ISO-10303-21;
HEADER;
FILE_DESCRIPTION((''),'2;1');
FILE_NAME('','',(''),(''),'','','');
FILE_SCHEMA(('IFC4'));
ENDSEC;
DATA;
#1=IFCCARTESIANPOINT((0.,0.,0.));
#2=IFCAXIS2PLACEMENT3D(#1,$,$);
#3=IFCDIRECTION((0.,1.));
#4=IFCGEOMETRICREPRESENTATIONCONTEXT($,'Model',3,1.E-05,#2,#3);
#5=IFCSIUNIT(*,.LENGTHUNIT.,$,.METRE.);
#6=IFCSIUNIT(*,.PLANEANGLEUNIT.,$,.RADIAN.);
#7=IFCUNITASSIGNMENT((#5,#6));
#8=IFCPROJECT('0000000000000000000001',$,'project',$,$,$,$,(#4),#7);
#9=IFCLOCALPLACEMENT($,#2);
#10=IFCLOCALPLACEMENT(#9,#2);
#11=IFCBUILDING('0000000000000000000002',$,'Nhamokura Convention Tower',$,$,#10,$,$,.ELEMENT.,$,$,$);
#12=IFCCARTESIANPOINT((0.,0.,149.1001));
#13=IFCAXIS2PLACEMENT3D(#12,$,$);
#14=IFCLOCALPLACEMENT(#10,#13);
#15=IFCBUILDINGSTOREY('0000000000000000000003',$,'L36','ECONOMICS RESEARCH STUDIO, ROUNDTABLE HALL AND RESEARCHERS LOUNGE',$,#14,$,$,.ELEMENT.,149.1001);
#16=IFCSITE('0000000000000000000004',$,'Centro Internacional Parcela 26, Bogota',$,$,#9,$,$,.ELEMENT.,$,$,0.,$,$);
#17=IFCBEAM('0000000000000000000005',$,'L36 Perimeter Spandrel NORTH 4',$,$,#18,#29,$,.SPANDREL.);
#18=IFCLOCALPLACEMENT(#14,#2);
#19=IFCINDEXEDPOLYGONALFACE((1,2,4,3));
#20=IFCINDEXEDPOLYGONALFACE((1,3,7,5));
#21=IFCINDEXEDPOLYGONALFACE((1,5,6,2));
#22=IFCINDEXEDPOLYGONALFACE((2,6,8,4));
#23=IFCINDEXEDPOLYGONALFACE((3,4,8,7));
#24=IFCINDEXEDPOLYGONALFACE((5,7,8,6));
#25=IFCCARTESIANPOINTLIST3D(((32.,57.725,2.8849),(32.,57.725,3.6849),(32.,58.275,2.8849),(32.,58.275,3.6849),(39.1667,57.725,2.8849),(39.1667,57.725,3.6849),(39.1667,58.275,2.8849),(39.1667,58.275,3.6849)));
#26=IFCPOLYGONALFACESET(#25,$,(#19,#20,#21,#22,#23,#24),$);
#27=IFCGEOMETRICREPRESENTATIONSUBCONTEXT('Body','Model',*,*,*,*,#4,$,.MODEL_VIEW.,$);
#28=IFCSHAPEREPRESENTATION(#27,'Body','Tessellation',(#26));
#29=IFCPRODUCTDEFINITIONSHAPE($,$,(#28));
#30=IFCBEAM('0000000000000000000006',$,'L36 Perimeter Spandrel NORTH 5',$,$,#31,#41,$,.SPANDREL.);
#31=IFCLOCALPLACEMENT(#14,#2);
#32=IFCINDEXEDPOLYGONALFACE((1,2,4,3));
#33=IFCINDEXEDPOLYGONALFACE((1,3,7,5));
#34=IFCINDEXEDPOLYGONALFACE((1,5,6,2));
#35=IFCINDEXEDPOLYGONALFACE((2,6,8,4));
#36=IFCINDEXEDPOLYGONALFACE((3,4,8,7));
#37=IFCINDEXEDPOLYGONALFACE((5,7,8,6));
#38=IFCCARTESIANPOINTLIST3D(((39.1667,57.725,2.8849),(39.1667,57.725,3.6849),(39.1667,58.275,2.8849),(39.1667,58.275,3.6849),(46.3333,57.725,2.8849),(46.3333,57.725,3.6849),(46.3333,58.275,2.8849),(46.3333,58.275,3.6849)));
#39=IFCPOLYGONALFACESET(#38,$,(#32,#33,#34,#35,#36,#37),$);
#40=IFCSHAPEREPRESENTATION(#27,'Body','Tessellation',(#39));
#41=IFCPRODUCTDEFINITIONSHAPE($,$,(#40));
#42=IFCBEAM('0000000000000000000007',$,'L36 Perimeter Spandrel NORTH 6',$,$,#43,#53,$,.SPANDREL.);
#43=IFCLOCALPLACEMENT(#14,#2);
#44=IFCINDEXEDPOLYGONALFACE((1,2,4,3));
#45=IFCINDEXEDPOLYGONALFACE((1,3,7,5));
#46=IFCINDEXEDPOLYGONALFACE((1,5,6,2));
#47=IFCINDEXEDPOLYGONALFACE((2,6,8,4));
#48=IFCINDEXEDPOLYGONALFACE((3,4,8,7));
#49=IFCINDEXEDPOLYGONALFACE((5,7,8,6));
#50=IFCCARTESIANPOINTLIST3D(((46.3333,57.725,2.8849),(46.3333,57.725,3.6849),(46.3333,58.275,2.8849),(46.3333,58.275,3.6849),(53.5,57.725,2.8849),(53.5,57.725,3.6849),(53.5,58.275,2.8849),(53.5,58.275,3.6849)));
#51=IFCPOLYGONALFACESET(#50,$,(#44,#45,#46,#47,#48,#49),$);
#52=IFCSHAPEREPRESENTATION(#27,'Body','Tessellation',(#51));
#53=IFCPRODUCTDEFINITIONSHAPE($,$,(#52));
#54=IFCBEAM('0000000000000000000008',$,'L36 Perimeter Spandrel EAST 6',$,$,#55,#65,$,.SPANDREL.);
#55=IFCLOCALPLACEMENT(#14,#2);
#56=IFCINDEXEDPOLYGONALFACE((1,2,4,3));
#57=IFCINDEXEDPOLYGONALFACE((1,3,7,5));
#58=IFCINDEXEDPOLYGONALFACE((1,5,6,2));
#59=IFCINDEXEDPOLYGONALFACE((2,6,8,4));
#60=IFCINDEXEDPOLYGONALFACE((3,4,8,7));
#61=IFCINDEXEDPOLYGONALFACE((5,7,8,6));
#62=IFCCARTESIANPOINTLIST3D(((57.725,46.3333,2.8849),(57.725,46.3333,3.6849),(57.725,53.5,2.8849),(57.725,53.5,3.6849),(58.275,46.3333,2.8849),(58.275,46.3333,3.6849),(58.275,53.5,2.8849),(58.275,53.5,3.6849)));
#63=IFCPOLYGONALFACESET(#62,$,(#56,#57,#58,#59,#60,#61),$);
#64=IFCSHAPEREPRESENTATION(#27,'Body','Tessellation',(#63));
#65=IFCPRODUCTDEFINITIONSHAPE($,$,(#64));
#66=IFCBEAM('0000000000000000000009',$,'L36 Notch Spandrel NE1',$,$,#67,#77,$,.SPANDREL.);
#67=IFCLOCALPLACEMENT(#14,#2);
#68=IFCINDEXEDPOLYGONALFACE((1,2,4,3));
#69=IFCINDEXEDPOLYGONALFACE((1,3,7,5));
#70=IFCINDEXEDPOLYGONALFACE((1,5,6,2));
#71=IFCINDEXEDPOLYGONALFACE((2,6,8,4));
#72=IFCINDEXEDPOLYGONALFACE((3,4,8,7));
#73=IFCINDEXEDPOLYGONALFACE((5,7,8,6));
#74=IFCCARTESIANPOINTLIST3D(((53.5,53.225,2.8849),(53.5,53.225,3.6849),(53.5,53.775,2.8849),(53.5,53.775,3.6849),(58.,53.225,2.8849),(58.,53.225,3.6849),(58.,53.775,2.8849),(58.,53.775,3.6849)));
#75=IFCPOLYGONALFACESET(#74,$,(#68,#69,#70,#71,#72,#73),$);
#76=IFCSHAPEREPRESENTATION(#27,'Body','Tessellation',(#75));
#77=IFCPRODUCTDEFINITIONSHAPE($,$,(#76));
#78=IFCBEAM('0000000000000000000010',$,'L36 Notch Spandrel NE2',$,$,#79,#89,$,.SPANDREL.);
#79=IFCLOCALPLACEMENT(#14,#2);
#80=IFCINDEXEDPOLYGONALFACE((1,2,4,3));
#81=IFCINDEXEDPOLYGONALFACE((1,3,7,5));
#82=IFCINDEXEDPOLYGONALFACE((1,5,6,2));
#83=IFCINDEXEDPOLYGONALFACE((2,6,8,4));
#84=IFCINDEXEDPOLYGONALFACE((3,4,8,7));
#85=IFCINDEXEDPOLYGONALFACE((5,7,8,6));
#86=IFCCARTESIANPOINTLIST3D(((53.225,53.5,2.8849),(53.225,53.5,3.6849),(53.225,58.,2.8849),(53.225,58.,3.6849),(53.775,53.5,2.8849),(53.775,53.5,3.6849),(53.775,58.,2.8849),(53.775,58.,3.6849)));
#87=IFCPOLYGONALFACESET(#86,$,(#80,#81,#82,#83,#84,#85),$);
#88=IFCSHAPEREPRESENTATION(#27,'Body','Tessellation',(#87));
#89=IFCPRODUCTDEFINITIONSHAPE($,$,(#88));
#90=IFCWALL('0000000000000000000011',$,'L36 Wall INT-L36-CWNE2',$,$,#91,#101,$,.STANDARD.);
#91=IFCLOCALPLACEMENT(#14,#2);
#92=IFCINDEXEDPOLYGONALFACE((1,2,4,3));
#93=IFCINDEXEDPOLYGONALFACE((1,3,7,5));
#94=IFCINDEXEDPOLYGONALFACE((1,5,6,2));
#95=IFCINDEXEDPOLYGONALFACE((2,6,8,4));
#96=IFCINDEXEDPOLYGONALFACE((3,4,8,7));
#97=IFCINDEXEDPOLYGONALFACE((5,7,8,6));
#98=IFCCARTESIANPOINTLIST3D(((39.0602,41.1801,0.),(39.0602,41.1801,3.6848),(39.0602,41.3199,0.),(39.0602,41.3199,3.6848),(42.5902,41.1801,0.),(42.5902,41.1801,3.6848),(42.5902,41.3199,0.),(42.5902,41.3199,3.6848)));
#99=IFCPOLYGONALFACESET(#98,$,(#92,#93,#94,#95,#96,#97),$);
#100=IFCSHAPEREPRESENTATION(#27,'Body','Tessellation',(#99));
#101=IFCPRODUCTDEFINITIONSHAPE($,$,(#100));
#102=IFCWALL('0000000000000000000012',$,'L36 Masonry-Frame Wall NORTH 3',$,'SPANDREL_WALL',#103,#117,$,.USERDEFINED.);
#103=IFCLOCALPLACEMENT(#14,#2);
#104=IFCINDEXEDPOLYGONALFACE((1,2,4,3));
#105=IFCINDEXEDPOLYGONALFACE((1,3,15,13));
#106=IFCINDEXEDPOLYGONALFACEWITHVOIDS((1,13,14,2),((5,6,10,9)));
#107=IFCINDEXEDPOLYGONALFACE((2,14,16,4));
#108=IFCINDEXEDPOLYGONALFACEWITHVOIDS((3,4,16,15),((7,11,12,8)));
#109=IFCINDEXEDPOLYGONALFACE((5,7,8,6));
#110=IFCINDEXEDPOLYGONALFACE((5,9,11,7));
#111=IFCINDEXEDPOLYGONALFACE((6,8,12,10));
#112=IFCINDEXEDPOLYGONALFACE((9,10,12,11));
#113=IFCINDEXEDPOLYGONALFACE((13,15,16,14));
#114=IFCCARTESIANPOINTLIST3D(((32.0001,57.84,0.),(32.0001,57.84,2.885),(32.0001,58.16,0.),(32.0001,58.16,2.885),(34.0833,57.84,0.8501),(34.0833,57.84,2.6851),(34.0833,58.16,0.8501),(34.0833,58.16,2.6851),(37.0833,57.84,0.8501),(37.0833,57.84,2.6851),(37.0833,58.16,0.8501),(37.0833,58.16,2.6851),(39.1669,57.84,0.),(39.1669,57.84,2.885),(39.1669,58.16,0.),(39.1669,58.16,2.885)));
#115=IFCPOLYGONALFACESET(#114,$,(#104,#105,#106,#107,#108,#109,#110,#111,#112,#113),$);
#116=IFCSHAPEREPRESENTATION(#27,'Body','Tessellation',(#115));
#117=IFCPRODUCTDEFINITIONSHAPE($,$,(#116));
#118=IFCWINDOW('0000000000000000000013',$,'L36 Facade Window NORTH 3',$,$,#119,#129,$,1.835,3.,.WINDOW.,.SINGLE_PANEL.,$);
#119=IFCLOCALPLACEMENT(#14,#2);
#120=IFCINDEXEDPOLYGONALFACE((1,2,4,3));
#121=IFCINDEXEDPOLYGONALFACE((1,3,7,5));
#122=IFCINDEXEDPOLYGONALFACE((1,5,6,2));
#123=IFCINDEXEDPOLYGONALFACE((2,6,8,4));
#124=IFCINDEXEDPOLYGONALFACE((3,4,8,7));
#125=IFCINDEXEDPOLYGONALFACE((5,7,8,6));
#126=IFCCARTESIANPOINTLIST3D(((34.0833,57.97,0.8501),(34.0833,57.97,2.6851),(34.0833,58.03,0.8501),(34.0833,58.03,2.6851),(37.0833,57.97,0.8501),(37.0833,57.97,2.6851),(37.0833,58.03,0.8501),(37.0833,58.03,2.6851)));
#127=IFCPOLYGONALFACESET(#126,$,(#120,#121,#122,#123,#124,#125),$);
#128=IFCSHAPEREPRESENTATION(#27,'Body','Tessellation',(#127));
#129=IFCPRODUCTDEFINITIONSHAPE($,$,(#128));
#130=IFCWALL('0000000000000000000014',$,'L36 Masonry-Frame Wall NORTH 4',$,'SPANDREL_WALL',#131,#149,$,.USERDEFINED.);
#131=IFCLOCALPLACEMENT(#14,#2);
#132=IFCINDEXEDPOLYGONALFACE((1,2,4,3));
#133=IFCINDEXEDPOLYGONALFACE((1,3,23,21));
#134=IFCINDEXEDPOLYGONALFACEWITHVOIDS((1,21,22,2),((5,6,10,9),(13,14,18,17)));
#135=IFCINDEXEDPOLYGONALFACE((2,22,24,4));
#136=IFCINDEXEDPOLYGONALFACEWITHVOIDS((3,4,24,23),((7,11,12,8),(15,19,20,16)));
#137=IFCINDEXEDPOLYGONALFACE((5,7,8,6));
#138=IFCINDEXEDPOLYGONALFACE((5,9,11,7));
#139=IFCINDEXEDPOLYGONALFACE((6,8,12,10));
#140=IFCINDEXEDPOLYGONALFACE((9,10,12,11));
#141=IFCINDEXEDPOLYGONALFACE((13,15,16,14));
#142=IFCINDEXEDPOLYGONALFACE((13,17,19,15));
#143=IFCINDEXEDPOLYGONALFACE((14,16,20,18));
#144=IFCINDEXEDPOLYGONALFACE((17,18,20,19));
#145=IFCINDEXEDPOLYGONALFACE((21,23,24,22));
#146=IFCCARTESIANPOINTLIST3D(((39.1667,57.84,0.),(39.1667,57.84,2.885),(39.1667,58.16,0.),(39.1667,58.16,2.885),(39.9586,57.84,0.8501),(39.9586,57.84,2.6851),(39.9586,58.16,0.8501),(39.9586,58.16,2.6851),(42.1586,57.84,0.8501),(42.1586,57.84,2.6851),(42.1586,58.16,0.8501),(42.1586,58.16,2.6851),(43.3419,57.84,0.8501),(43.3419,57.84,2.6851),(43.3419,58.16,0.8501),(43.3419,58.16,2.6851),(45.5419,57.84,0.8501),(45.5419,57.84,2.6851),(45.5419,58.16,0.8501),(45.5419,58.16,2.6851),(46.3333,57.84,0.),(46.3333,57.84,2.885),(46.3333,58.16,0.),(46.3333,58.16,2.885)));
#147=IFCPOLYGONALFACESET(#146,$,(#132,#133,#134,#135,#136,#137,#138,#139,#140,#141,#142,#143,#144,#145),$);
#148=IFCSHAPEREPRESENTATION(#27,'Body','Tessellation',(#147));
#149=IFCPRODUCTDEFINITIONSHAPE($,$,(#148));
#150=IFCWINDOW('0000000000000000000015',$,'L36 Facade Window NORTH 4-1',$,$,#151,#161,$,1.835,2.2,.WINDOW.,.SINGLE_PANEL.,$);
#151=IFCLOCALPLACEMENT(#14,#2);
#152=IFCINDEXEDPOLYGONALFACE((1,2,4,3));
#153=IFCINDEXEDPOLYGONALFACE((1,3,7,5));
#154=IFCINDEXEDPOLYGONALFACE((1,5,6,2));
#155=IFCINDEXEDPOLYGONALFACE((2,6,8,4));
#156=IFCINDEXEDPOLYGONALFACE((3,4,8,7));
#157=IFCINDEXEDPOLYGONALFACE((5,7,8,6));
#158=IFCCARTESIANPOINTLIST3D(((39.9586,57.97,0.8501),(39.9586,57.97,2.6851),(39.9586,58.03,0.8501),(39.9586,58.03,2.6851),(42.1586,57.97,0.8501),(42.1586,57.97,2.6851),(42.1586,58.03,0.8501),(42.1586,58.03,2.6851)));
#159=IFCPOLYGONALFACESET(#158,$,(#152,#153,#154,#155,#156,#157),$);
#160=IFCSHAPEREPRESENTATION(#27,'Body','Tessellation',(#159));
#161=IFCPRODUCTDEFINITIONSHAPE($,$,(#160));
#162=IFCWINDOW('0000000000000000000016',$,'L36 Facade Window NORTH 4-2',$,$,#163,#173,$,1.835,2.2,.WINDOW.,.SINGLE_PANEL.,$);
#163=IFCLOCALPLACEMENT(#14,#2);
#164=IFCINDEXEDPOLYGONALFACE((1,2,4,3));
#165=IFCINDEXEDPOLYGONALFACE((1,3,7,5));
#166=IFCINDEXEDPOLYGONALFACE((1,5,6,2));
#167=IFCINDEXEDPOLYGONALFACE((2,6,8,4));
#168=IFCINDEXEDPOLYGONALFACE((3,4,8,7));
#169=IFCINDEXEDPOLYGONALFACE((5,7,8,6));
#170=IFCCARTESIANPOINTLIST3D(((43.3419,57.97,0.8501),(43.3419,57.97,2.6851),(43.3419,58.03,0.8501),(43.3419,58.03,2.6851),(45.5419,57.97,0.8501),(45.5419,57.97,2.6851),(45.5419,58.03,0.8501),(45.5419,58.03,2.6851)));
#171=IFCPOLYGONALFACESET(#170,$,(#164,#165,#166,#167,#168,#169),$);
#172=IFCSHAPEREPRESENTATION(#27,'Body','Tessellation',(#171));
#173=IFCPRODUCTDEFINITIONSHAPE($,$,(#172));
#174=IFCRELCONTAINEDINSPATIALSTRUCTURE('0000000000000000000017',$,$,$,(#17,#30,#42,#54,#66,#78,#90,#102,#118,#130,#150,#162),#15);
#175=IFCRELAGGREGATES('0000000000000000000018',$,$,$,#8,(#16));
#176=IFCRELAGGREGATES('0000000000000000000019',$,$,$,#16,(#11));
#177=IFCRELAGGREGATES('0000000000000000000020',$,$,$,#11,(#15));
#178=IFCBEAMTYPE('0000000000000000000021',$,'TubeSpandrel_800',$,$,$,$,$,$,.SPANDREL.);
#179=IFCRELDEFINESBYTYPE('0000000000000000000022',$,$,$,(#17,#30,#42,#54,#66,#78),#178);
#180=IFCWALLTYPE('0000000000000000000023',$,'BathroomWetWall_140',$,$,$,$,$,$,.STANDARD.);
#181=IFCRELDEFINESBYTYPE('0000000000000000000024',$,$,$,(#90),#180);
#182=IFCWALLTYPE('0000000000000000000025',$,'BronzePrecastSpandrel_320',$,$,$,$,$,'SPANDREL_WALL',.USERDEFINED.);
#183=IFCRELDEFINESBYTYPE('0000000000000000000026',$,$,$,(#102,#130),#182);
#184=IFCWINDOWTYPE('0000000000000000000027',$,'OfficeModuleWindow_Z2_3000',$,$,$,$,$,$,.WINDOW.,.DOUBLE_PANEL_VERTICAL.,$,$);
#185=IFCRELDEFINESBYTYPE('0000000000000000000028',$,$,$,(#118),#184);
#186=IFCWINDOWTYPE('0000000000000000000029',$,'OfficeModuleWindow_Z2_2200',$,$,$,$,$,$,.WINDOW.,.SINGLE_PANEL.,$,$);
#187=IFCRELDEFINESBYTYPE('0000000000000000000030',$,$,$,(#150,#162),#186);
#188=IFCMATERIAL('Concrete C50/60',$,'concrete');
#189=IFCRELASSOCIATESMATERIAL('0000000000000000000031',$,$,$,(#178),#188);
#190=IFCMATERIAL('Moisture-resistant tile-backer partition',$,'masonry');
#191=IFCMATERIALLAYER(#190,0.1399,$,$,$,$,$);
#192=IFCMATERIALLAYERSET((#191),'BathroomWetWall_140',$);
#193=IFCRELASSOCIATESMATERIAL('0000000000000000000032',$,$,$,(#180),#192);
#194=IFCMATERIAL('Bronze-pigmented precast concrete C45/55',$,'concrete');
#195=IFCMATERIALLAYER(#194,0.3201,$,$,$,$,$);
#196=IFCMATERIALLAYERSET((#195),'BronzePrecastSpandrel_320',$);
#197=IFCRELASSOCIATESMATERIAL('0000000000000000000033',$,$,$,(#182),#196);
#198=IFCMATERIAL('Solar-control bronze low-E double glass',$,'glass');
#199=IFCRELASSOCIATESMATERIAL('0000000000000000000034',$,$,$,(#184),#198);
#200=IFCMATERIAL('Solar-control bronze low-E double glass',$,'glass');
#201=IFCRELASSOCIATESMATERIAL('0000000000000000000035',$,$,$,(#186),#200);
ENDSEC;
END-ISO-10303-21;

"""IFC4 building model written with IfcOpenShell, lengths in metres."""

from ifc_helpers import new_model, si_unit, direction, frame, frame_2d, origin, origin_2d, place, context, subcontext, project, spatial, rectangle, extrude, material, layer, layer_set, material_profile, profile_set, type_object, element, fill, save


model = new_model("IFC4")

# Units and contexts
model_context = context("Model", 3, precision=1e-05, world=origin(), true_north=direction((0.0, 1.0)))
body_context = subcontext(model_context, "Body", "Model", "MODEL_VIEW")
ifc_project = project(units=[si_unit("LENGTHUNIT", "METRE"), si_unit("PLANEANGLEUNIT", "RADIAN")], contexts=[model_context])

# Site, building, storey
site_placement = place(None, origin())
site = spatial("IfcSite", under=ifc_project, at=site_placement, Name="Centro Internacional Parcela 26, Bogota", CompositionType="ELEMENT", RefElevation=0.0)
building_placement = place(site_placement, origin())
building = spatial("IfcBuilding", under=site, at=building_placement, Name="Nhamokura Convention Tower", CompositionType="ELEMENT")
storey_placement = place(building_placement, frame((0.0, 0.0, 149.1001)))
storey = spatial("IfcBuildingStorey", under=building, at=storey_placement, Name="L36", Description="ECONOMICS RESEARCH STUDIO, ROUNDTABLE HALL AND RESEARCHERS LOUNGE", CompositionType="ELEMENT", Elevation=149.1001)

# Beams
ifc_material_1 = material(Name="Concrete C50/60", Category="concrete")
ifc_material_profile_1 = material_profile(ifc_material_1, rectangle(XDim=0.55, YDim=0.8, at=origin_2d()))
ifc_profile_set_1 = profile_set([ifc_material_profile_1], Name="Concrete C50/60")
beam_type_1 = type_object("IfcBeamType", Name="TubeSpandrel_800", PredefinedType="SPANDREL", material=ifc_profile_set_1)
beam_1_placement = place(storey_placement, frame((32.0, 58.0, 3.2849), z_axis=(1.0, 0.0, 0.0), x_axis=(0.0, 1.0, 0.0)))
element("IfcBeam", 1, at=beam_1_placement, inside=storey, type_object=beam_type_1, Name="L36 Perimeter Spandrel NORTH 4", PredefinedType="SPANDREL", context=body_context, shape_type="SweptSolid", body=[
    extrude(rectangle(XDim=0.55, YDim=0.8, at=origin_2d()), origin(), (0.0, 0.0, 1.0), 7.1667),
])
beam_2_placement = place(storey_placement, frame((39.1667, 58.0, 3.2849), z_axis=(1.0, 0.0, 0.0), x_axis=(0.0, 1.0, 0.0)))
element("IfcBeam", 2, at=beam_2_placement, inside=storey, type_object=beam_type_1, Name="L36 Perimeter Spandrel NORTH 5", PredefinedType="SPANDREL", context=body_context, shape_type="SweptSolid", body=[
    extrude(rectangle(XDim=0.55, YDim=0.8, at=origin_2d()), origin(), (0.0, 0.0, 1.0), 7.1665),
])
for number, where, z_axis, x_axis, name in (
    (3, (46.3333, 58.0, 3.2849), (1.0, 0.0, 0.0), (0.0, 1.0, 0.0), "L36 Perimeter Spandrel NORTH 6"),
    (4, (58.0, 46.3333, 3.2849), (0.0, 1.0, 0.0), (-1.0, 0.0, 0.0), "L36 Perimeter Spandrel EAST 6"),
):
    element("IfcBeam", number, at=place(storey_placement, frame(where, z_axis=z_axis, x_axis=x_axis)), inside=storey, type_object=beam_type_1, Name=name, PredefinedType="SPANDREL", context=body_context, shape_type="SweptSolid", body=[
        extrude(rectangle(XDim=0.55, YDim=0.8, at=origin_2d()), origin(), (0.0, 0.0, 1.0), 7.1667),
    ])
for number, where, z_axis, x_axis, name in (
    (5, (58.0, 53.5, 3.2849), (-1.0, 0.0, 0.0), (0.0, -1.0, 0.0), "L36 Notch Spandrel NE1"),
    (6, (53.5, 53.5, 3.2849), (0.0, 1.0, 0.0), (-1.0, 0.0, 0.0), "L36 Notch Spandrel NE2"),
):
    element("IfcBeam", number, at=place(storey_placement, frame(where, z_axis=z_axis, x_axis=x_axis)), inside=storey, type_object=beam_type_1, Name=name, PredefinedType="SPANDREL", context=body_context, shape_type="SweptSolid", body=[
        extrude(rectangle(XDim=0.55, YDim=0.8, at=origin_2d()), origin(), (0.0, 0.0, 1.0), 4.5),
    ])

# Wall
ifc_material_2 = material(Name="Moisture-resistant tile-backer partition", Category="masonry")
ifc_layer_1 = layer(ifc_material_2, 0.1399)
ifc_layer_set_1 = layer_set([ifc_layer_1], Name="BathroomWetWall_140")
wall_type_1 = type_object("IfcWallType", Name="BathroomWetWall_140", PredefinedType="STANDARD", material=ifc_layer_set_1)
wall_1_placement = place(storey_placement, frame((39.0601, 41.25, 0.0), z_axis=(0.0, 0.0, 1.0), x_axis=(1.0, 0.0, 0.0)))
element("IfcWall", 7, at=wall_1_placement, inside=storey, type_object=wall_type_1, Name="L36 Wall INT-L36-CWNE2", PredefinedType="STANDARD", context=body_context, shape_type="SweptSolid", body=[
    extrude(rectangle(XDim=3.53, YDim=0.1399, at=frame_2d((1.7651, 0.0))), origin(), (0.0, 0.0, 1.0), 3.6848),
])

# Wall, opening, window
ifc_material_3 = material(Name="Bronze-pigmented precast concrete C45/55", Category="concrete")
ifc_layer_2 = layer(ifc_material_3, 0.3201)
ifc_layer_set_2 = layer_set([ifc_layer_2], Name="BronzePrecastSpandrel_320")
wall_type_2 = type_object("IfcWallType", Name="BronzePrecastSpandrel_320", ElementType="SPANDREL_WALL", PredefinedType="USERDEFINED", material=ifc_layer_set_2)
wall_2_placement = place(storey_placement, frame((32.0, 58.0, 0.0), z_axis=(0.0, 0.0, 1.0), x_axis=(1.0, 0.0, 0.0)))
wall_2 = element("IfcWall", 8, at=wall_2_placement, inside=storey, type_object=wall_type_2, Name="L36 Masonry-Frame Wall NORTH 3", ObjectType="SPANDREL_WALL", PredefinedType="USERDEFINED", context=body_context, shape_type="SweptSolid", body=[
    extrude(rectangle(XDim=7.1667, YDim=0.3201, at=frame_2d((3.5835, 0.0))), origin(), (0.0, 0.0, 1.0), 2.885),
])
opening_1_placement = place(wall_2_placement, frame((2.0833, 0.0, 0.8501)))
opening_1 = element("IfcOpeningElement", 9, at=opening_1_placement, cuts=wall_2, PredefinedType="OPENING", context=body_context, shape_type="SweptSolid", body=[
    extrude(rectangle(XDim=3.0, YDim=1.835, at=frame_2d((1.5, 0.9175))), frame((0.0, 0.1699, 0.0), z_axis=(0.0, -1.0, 0.0), x_axis=(1.0, 0.0, 0.0)), (0.0, 0.0, 1.0), 0.3401),
])
ifc_material_4 = material(Name="Solar-control bronze low-E double glass", Category="glass")
window_type_1 = type_object("IfcWindowType", Name="OfficeModuleWindow_Z2_3000", PartitioningType="DOUBLE_PANEL_VERTICAL", PredefinedType="WINDOW", material=ifc_material_4)
window_1_placement = place(opening_1_placement, origin())
window_1 = element("IfcWindow", 10, at=window_1_placement, inside=storey, type_object=window_type_1, Name="L36 Facade Window NORTH 3", OverallHeight=1.835, OverallWidth=3.0, PartitioningType="SINGLE_PANEL", PredefinedType="WINDOW", context=body_context, shape_type="SweptSolid", body=[
    extrude(rectangle(XDim=3.0, YDim=1.835, at=frame_2d((1.5, 0.9175))), frame((0.0, 0.03, 0.0), z_axis=(0.0, -1.0, 0.0), x_axis=(1.0, 0.0, 0.0)), (0.0, 0.0, 1.0), 0.0601),
])
fill(opening_1, window_1)

# Wall, openings, windows
wall_3_placement = place(storey_placement, frame((39.1667, 58.0, 0.0), z_axis=(0.0, 0.0, 1.0), x_axis=(1.0, 0.0, 0.0)))
wall_3 = element("IfcWall", 11, at=wall_3_placement, inside=storey, type_object=wall_type_2, Name="L36 Masonry-Frame Wall NORTH 4", ObjectType="SPANDREL_WALL", PredefinedType="USERDEFINED", context=body_context, shape_type="SweptSolid", body=[
    extrude(rectangle(XDim=7.1665, YDim=0.3201, at=frame_2d((3.5833, 0.0))), origin(), (0.0, 0.0, 1.0), 2.885),
])
opening_2_placement = place(wall_3_placement, frame((0.7917, 0.0, 0.8501)))
opening_2 = element("IfcOpeningElement", 12, at=opening_2_placement, cuts=wall_3, PredefinedType="OPENING", context=body_context, shape_type="SweptSolid", body=[
    extrude(rectangle(XDim=2.2, YDim=1.835, at=frame_2d((1.1001, 0.9175))), frame((0.0, 0.1699, 0.0), z_axis=(0.0, -1.0, 0.0), x_axis=(1.0, 0.0, 0.0)), (0.0, 0.0, 1.0), 0.3401),
])
opening_3_placement = place(wall_3_placement, frame((4.175, 0.0, 0.8501)))
opening_3 = element("IfcOpeningElement", 13, at=opening_3_placement, cuts=wall_3, PredefinedType="OPENING", context=body_context, shape_type="SweptSolid", body=[
    extrude(rectangle(XDim=2.2, YDim=1.835, at=frame_2d((1.1001, 0.9175))), frame((0.0, 0.1699, 0.0), z_axis=(0.0, -1.0, 0.0), x_axis=(1.0, 0.0, 0.0)), (0.0, 0.0, 1.0), 0.3401),
])
ifc_material_5 = material(Name="Solar-control bronze low-E double glass", Category="glass")
window_type_2 = type_object("IfcWindowType", Name="OfficeModuleWindow_Z2_2200", PartitioningType="SINGLE_PANEL", PredefinedType="WINDOW", material=ifc_material_5)
window_2_placement = place(opening_2_placement, origin())
window_2 = element("IfcWindow", 14, at=window_2_placement, inside=storey, type_object=window_type_2, Name="L36 Facade Window NORTH 4-1", OverallHeight=1.835, OverallWidth=2.2, PartitioningType="SINGLE_PANEL", PredefinedType="WINDOW", context=body_context, shape_type="SweptSolid", body=[
    extrude(rectangle(XDim=2.2, YDim=1.835, at=frame_2d((1.1001, 0.9175))), frame((0.0, 0.03, 0.0), z_axis=(0.0, -1.0, 0.0), x_axis=(1.0, 0.0, 0.0)), (0.0, 0.0, 1.0), 0.0601),
])
fill(opening_2, window_2)
window_3_placement = place(opening_3_placement, origin())
window_3 = element("IfcWindow", 15, at=window_3_placement, inside=storey, type_object=window_type_2, Name="L36 Facade Window NORTH 4-2", OverallHeight=1.835, OverallWidth=2.2, PartitioningType="SINGLE_PANEL", PredefinedType="WINDOW", context=body_context, shape_type="SweptSolid", body=[
    extrude(rectangle(XDim=2.2, YDim=1.835, at=frame_2d((1.1001, 0.9175))), frame((0.0, 0.03, 0.0), z_axis=(0.0, -1.0, 0.0), x_axis=(1.0, 0.0, 0.0)), (0.0, 0.0, 1.0), 0.0601),
])
fill(opening_3, window_3)

save(model, "model.ifc")
